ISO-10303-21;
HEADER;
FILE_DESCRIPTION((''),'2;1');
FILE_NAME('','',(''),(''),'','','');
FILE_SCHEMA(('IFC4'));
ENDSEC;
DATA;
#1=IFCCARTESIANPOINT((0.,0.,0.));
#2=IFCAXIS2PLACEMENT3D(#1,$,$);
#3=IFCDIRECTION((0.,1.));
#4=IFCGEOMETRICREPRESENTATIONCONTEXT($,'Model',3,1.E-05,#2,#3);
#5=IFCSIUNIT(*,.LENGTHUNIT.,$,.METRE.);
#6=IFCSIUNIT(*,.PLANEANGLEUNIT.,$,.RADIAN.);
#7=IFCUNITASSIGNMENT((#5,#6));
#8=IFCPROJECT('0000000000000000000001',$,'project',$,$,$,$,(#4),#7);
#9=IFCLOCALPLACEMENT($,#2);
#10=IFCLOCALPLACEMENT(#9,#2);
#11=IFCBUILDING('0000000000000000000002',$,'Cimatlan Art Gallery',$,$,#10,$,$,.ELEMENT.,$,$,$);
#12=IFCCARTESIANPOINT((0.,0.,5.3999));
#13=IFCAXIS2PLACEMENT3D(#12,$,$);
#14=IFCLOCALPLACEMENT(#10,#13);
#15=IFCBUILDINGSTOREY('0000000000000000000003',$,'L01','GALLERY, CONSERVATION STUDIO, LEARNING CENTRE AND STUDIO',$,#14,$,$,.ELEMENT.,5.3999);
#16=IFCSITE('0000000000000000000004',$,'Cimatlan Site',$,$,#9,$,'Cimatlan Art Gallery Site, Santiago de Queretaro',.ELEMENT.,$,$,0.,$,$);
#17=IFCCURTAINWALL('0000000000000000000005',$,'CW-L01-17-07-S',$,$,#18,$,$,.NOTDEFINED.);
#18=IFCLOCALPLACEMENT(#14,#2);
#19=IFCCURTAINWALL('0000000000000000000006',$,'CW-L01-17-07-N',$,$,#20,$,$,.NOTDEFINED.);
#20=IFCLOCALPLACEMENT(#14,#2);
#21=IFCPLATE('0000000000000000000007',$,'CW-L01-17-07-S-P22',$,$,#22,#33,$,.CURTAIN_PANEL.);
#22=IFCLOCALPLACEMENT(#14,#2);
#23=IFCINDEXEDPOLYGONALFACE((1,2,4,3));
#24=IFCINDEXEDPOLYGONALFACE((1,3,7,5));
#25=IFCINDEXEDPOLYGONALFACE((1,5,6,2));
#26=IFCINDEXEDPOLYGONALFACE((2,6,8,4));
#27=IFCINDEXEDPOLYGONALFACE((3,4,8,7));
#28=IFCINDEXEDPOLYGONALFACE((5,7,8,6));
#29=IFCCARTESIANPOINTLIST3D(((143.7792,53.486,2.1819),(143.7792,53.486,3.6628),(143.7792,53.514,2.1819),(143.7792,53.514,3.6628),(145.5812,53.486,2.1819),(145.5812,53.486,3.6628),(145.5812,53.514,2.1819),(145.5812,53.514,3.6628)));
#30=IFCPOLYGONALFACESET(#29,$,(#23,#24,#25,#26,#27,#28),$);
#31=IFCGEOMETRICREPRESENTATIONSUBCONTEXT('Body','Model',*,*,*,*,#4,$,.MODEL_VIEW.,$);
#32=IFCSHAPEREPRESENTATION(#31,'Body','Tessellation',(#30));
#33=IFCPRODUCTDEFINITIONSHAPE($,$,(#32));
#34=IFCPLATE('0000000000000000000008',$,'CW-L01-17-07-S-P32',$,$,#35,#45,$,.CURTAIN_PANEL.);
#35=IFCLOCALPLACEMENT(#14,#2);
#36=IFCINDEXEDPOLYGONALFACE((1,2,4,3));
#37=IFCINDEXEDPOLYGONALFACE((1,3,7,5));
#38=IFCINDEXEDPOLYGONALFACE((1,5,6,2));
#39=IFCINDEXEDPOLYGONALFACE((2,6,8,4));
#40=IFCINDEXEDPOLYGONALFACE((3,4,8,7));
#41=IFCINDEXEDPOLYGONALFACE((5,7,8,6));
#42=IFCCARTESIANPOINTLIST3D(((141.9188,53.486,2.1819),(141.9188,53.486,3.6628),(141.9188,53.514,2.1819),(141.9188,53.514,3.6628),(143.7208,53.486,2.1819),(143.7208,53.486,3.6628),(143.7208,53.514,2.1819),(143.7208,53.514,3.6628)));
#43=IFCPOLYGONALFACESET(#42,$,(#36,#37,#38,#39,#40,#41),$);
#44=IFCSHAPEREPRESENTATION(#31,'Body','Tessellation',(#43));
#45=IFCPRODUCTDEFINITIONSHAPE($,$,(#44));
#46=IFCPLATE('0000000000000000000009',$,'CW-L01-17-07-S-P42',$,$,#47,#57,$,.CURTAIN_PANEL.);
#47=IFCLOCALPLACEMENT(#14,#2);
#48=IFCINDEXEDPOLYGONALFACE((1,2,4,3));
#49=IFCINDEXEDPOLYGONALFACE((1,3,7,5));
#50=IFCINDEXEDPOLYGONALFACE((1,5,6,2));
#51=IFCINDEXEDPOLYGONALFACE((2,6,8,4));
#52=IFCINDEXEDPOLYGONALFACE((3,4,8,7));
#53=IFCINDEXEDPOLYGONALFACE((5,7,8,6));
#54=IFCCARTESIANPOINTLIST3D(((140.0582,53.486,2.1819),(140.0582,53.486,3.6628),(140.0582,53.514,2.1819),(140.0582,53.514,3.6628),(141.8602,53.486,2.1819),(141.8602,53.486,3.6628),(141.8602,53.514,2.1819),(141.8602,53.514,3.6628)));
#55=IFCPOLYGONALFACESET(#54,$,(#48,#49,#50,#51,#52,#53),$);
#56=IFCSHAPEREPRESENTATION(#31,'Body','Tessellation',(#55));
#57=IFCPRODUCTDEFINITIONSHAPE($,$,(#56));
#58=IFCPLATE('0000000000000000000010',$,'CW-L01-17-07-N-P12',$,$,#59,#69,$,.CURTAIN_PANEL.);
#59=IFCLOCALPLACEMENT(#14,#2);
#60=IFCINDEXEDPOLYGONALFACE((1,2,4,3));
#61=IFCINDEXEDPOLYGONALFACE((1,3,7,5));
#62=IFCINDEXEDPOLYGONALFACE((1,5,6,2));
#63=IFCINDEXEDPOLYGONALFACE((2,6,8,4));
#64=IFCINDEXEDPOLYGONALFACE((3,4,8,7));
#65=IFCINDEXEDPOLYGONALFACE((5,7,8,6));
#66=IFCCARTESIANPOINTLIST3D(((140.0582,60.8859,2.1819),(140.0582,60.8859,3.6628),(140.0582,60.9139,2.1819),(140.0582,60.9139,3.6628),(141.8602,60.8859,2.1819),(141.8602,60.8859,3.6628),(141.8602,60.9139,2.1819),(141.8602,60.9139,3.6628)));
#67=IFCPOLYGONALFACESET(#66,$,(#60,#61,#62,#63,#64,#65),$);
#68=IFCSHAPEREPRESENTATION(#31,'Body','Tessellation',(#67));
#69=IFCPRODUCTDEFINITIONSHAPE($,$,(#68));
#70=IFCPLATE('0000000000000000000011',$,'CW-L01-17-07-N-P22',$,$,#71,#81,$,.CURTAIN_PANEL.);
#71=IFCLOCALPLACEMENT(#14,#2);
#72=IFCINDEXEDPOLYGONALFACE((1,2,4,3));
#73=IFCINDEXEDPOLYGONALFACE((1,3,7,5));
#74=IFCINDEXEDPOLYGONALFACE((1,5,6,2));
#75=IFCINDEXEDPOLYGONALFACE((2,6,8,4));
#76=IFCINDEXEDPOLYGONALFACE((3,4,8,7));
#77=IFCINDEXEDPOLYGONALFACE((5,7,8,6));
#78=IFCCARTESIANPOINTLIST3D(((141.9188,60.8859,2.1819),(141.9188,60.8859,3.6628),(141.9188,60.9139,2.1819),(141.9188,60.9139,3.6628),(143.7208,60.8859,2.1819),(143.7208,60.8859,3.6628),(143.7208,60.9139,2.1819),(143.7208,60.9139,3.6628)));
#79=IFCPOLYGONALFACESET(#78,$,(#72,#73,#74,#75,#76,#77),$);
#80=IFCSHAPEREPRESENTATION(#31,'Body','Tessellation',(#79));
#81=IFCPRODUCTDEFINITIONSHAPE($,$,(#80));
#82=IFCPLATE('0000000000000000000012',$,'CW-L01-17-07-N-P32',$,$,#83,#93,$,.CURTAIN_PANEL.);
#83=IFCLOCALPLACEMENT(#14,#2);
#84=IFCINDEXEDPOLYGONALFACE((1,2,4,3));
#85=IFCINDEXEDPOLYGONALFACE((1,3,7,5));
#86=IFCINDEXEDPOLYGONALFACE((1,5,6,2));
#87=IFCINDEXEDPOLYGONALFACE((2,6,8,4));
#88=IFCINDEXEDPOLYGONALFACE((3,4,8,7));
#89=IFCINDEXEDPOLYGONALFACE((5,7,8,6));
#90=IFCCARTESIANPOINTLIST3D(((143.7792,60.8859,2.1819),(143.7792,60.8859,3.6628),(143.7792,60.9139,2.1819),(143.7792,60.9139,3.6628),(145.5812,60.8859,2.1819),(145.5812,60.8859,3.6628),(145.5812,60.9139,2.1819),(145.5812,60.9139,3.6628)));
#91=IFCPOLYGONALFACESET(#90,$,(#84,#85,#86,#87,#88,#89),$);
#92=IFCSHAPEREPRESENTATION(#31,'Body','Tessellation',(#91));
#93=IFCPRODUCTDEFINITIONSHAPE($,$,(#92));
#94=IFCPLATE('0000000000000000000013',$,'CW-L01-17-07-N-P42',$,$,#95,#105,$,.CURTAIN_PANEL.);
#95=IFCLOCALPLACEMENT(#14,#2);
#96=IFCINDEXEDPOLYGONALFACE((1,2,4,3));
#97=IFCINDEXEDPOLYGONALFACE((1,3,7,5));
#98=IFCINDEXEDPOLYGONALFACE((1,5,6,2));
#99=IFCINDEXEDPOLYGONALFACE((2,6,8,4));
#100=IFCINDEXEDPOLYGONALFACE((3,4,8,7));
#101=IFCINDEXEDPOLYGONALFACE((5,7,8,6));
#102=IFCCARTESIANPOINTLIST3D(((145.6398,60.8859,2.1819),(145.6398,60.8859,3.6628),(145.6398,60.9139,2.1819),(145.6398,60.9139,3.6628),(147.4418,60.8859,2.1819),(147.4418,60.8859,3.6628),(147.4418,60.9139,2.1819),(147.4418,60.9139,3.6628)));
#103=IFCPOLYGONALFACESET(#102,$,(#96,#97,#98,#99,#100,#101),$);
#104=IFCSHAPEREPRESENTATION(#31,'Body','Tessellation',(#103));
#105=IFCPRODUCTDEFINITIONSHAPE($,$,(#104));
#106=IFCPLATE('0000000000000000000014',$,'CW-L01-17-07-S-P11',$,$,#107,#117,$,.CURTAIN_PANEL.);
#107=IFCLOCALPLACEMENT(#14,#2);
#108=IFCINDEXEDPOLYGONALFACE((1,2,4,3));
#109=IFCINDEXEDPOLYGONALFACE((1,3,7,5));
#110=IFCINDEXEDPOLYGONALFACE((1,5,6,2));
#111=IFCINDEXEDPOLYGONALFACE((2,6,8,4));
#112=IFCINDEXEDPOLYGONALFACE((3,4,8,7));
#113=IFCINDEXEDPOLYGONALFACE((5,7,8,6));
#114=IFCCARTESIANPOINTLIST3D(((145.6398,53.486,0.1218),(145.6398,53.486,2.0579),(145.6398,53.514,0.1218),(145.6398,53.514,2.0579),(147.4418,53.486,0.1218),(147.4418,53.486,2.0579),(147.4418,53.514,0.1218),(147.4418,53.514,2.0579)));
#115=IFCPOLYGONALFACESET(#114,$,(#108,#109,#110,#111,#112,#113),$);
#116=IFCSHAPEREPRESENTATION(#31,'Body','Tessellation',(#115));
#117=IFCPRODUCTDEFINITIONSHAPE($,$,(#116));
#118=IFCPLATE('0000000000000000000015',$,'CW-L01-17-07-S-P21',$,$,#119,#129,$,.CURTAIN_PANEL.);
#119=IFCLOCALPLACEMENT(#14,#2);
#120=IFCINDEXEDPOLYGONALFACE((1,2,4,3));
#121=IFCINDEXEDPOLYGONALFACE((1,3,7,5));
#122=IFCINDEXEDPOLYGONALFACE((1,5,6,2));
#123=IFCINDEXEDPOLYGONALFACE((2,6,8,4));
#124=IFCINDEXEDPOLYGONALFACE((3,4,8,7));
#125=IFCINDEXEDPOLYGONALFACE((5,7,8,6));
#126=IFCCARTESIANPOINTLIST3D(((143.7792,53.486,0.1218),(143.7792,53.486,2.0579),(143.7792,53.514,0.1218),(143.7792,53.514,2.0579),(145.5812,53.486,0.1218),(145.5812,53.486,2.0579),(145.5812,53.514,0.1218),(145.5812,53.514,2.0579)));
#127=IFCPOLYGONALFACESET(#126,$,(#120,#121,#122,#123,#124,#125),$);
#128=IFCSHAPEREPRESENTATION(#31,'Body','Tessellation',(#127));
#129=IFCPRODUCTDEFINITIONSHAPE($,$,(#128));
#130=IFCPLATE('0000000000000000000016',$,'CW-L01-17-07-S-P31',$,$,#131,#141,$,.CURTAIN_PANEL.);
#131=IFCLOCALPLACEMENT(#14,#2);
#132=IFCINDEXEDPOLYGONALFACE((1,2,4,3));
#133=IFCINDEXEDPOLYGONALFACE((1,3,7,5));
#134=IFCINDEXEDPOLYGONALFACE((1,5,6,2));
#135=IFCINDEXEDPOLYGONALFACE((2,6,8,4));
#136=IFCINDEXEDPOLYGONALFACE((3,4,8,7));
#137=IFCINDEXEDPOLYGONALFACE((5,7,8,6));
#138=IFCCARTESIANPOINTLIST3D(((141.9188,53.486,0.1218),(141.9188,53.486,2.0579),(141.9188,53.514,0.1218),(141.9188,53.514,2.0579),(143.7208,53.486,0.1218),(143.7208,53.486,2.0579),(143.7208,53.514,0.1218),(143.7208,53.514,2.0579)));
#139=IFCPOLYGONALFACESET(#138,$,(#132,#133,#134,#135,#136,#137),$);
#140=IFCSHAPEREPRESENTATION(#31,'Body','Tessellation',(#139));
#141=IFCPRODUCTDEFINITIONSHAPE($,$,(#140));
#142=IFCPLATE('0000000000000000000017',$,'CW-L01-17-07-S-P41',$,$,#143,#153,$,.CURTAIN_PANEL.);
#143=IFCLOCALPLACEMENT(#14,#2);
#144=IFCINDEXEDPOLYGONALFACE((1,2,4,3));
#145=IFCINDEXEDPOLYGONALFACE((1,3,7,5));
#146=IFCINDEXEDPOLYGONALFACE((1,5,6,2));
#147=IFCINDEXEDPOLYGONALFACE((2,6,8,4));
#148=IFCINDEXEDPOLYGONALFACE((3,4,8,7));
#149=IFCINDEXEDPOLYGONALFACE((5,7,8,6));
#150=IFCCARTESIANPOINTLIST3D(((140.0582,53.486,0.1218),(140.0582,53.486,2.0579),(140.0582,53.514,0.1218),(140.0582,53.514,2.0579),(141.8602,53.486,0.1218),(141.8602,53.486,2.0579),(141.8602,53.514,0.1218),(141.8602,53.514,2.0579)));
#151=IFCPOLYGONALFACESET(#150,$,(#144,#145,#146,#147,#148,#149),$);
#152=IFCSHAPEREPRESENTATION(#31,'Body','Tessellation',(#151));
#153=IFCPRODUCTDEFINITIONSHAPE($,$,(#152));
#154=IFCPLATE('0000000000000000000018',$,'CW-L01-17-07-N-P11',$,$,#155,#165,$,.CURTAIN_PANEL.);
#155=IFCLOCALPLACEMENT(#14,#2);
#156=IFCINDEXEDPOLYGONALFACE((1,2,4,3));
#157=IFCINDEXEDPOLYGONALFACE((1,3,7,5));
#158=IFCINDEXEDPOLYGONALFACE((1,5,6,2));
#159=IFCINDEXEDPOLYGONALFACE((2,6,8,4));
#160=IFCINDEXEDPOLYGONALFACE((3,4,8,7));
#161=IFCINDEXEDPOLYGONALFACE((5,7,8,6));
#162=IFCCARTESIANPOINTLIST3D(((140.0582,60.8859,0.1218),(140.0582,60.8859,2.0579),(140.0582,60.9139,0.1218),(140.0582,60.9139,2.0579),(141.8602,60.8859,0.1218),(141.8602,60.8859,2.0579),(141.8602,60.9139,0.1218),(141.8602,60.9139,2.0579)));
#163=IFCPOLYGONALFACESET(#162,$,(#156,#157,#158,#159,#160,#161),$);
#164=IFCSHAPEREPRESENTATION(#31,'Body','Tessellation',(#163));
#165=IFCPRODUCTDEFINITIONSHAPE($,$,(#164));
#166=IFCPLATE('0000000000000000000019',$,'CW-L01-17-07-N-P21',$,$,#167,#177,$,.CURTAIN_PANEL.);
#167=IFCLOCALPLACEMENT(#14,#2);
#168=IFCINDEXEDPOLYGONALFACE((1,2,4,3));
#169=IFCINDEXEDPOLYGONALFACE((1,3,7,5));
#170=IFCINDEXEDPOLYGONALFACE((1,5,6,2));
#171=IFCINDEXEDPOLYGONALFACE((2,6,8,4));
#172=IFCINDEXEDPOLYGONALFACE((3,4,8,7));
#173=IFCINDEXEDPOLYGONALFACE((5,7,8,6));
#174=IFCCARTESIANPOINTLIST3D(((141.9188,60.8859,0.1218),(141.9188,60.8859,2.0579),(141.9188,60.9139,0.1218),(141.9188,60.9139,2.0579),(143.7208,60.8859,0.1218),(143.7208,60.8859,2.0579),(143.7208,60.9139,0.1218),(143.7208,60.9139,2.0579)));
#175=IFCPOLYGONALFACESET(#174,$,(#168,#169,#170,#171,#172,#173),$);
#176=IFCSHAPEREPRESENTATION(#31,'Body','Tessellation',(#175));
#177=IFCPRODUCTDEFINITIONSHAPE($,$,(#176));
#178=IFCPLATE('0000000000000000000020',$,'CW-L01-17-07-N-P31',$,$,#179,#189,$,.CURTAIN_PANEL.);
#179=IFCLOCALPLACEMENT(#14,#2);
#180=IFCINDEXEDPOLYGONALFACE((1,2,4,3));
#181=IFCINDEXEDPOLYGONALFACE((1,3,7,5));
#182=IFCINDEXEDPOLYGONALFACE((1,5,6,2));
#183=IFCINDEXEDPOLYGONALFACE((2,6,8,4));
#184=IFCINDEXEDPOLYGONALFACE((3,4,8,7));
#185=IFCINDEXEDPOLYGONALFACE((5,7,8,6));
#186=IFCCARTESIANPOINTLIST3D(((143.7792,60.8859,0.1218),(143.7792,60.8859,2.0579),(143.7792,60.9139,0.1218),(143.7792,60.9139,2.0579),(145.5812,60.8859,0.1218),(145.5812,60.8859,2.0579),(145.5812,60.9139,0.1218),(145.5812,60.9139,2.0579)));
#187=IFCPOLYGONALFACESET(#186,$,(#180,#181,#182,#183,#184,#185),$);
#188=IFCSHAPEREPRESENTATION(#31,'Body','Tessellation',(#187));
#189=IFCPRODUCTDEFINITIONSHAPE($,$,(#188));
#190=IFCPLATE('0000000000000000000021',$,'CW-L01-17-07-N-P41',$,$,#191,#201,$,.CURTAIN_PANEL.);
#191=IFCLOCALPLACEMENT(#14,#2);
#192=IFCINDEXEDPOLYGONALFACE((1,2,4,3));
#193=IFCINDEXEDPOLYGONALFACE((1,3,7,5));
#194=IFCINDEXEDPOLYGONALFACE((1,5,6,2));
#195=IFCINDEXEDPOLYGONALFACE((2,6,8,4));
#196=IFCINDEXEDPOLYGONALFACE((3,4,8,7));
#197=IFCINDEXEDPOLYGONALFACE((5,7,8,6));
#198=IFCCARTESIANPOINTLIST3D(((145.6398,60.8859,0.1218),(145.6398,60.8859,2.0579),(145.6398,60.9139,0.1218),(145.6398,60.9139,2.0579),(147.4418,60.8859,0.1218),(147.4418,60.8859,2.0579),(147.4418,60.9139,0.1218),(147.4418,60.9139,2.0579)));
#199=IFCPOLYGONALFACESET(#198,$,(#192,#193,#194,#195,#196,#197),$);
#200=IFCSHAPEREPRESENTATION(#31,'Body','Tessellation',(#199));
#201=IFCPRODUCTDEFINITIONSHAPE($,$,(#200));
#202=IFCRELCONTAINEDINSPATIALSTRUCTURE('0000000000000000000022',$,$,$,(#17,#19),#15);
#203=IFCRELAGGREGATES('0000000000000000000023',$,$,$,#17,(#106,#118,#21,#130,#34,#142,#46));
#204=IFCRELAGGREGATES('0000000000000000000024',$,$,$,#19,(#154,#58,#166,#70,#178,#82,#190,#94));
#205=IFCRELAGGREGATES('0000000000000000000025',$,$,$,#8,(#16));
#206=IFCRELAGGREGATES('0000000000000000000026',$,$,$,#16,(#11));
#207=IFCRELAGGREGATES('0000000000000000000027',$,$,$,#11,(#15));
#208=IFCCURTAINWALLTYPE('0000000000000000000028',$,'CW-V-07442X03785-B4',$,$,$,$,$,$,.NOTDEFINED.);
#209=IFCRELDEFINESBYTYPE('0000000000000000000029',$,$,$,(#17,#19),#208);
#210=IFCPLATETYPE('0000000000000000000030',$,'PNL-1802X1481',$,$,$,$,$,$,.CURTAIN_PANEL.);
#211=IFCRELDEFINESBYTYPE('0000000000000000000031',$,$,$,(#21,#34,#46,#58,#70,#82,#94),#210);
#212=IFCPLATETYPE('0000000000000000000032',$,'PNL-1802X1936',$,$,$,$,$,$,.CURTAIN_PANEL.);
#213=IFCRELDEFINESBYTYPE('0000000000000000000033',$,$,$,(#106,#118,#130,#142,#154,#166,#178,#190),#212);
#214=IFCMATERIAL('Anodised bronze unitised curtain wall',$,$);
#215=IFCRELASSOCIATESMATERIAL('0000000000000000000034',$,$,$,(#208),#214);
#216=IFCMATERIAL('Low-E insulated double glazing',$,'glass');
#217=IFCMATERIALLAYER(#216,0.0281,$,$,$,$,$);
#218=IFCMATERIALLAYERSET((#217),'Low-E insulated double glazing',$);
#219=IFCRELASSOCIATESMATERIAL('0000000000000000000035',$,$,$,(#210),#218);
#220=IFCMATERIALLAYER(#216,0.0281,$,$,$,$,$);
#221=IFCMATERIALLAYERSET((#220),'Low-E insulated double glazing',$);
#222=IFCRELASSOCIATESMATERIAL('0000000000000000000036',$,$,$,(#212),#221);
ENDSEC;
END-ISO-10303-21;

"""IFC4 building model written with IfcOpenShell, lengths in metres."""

from ifc_helpers import new_model, si_unit, direction, frame, origin, origin_2d, place, context, subcontext, project, spatial, rectangle, extrude, material, layer, layer_set, type_object, element, aggregate, save


model = new_model("IFC4")

# Units and contexts
model_context = context("Model", 3, precision=1e-05, world=origin(), true_north=direction((0.0, 1.0)))
body_context = subcontext(model_context, "Body", "Model", "MODEL_VIEW")
ifc_project = project(units=[si_unit("LENGTHUNIT", "METRE"), si_unit("PLANEANGLEUNIT", "RADIAN")], contexts=[model_context])

# Site, building, storey
site_placement = place(None, origin())
site = spatial("IfcSite", under=ifc_project, at=site_placement, Name="Cimatlan Site", LongName="Cimatlan Art Gallery Site, Santiago de Queretaro", CompositionType="ELEMENT", RefElevation=0.0)
building_placement = place(site_placement, origin())
building = spatial("IfcBuilding", under=site, at=building_placement, Name="Cimatlan Art Gallery", CompositionType="ELEMENT")
storey_placement = place(building_placement, frame((0.0, 0.0, 5.3999)))
storey = spatial("IfcBuildingStorey", under=building, at=storey_placement, Name="L01", Description="GALLERY, CONSERVATION STUDIO, LEARNING CENTRE AND STUDIO", CompositionType="ELEMENT", Elevation=5.3999)

# Curtain walls
ifc_material_1 = material(Name="Anodised bronze unitised curtain wall")
curtain_wall_type = type_object("IfcCurtainWallType", Name="CW-V-07442X03785-B4", PredefinedType="NOTDEFINED", material=ifc_material_1)
curtain_wall_1_placement = place(storey_placement, origin())
curtain_wall_1 = element("IfcCurtainWall", 1, at=curtain_wall_1_placement, inside=storey, type_object=curtain_wall_type, Name="CW-L01-17-07-S", PredefinedType="NOTDEFINED")
curtain_wall_2_placement = place(storey_placement, origin())
curtain_wall_2 = element("IfcCurtainWall", 2, at=curtain_wall_2_placement, inside=storey, type_object=curtain_wall_type, Name="CW-L01-17-07-N", PredefinedType="NOTDEFINED")

# Plates
ifc_material_2 = material(Name="Low-E insulated double glazing", Category="glass")
ifc_layer_1 = layer(ifc_material_2, 0.0281)
ifc_layer_set_1 = layer_set([ifc_layer_1], Name="Low-E insulated double glazing")
plate_type_1 = type_object("IfcPlateType", Name="PNL-1802X1481", PredefinedType="CURTAIN_PANEL", material=ifc_layer_set_1)
plate_1_placement = place(storey_placement, frame((144.6802, 53.5, 2.1819), z_axis=(0.0, 0.0, 1.0), x_axis=(-1.0, 0.0, 0.0)))
plate_1 = element("IfcPlate", 3, at=plate_1_placement, type_object=plate_type_1, Name="CW-L01-17-07-S-P22", PredefinedType="CURTAIN_PANEL", context=body_context, shape_type="SweptSolid", body=[
    extrude(rectangle(XDim=1.802, YDim=0.0281, at=origin_2d()), origin(), (0.0, 0.0, 1.0), 1.481),
])
plate_2_placement = place(storey_placement, frame((142.8198, 53.5, 2.1819), z_axis=(0.0, 0.0, 1.0), x_axis=(-1.0, 0.0, 0.0)))
plate_2 = element("IfcPlate", 4, at=plate_2_placement, type_object=plate_type_1, Name="CW-L01-17-07-S-P32", PredefinedType="CURTAIN_PANEL", context=body_context, shape_type="SweptSolid", body=[
    extrude(rectangle(XDim=1.802, YDim=0.0281, at=origin_2d()), origin(), (0.0, 0.0, 1.0), 1.481),
])
plate_3_placement = place(storey_placement, frame((140.9592, 53.5, 2.1819), z_axis=(0.0, 0.0, 1.0), x_axis=(-1.0, 0.0, 0.0)))
plate_3 = element("IfcPlate", 5, at=plate_3_placement, type_object=plate_type_1, Name="CW-L01-17-07-S-P42", PredefinedType="CURTAIN_PANEL", context=body_context, shape_type="SweptSolid", body=[
    extrude(rectangle(XDim=1.802, YDim=0.0281, at=origin_2d()), origin(), (0.0, 0.0, 1.0), 1.481),
])
plate_4_placement = place(storey_placement, frame((140.9592, 60.8999, 2.1819), z_axis=(0.0, 0.0, 1.0), x_axis=(1.0, 0.0, 0.0)))
plate_4 = element("IfcPlate", 6, at=plate_4_placement, type_object=plate_type_1, Name="CW-L01-17-07-N-P12", PredefinedType="CURTAIN_PANEL", context=body_context, shape_type="SweptSolid", body=[
    extrude(rectangle(XDim=1.802, YDim=0.0281, at=origin_2d()), origin(), (0.0, 0.0, 1.0), 1.481),
])
plate_5_placement = place(storey_placement, frame((142.8198, 60.8999, 2.1819), z_axis=(0.0, 0.0, 1.0), x_axis=(1.0, 0.0, 0.0)))
plate_5 = element("IfcPlate", 7, at=plate_5_placement, type_object=plate_type_1, Name="CW-L01-17-07-N-P22", PredefinedType="CURTAIN_PANEL", context=body_context, shape_type="SweptSolid", body=[
    extrude(rectangle(XDim=1.802, YDim=0.0281, at=origin_2d()), origin(), (0.0, 0.0, 1.0), 1.481),
])
plate_6_placement = place(storey_placement, frame((144.6802, 60.8999, 2.1819), z_axis=(0.0, 0.0, 1.0), x_axis=(1.0, 0.0, 0.0)))
plate_6 = element("IfcPlate", 8, at=plate_6_placement, type_object=plate_type_1, Name="CW-L01-17-07-N-P32", PredefinedType="CURTAIN_PANEL", context=body_context, shape_type="SweptSolid", body=[
    extrude(rectangle(XDim=1.802, YDim=0.0281, at=origin_2d()), origin(), (0.0, 0.0, 1.0), 1.481),
])
plate_7_placement = place(storey_placement, frame((146.5408, 60.8999, 2.1819), z_axis=(0.0, 0.0, 1.0), x_axis=(1.0, 0.0, 0.0)))
plate_7 = element("IfcPlate", 9, at=plate_7_placement, type_object=plate_type_1, Name="CW-L01-17-07-N-P42", PredefinedType="CURTAIN_PANEL", context=body_context, shape_type="SweptSolid", body=[
    extrude(rectangle(XDim=1.802, YDim=0.0281, at=origin_2d()), origin(), (0.0, 0.0, 1.0), 1.481),
])
ifc_layer_2 = layer(ifc_material_2, 0.0281)
ifc_layer_set_2 = layer_set([ifc_layer_2], Name="Low-E insulated double glazing")
plate_type_2 = type_object("IfcPlateType", Name="PNL-1802X1936", PredefinedType="CURTAIN_PANEL", material=ifc_layer_set_2)
plate_8_placement = place(storey_placement, frame((146.5408, 53.5, 0.1218), z_axis=(0.0, 0.0, 1.0), x_axis=(-1.0, 0.0, 0.0)))
plate_8 = element("IfcPlate", 10, at=plate_8_placement, type_object=plate_type_2, Name="CW-L01-17-07-S-P11", PredefinedType="CURTAIN_PANEL", context=body_context, shape_type="SweptSolid", body=[
    extrude(rectangle(XDim=1.802, YDim=0.0281, at=origin_2d()), origin(), (0.0, 0.0, 1.0), 1.936),
])
plate_9_placement = place(storey_placement, frame((144.6802, 53.5, 0.1218), z_axis=(0.0, 0.0, 1.0), x_axis=(-1.0, 0.0, 0.0)))
plate_9 = element("IfcPlate", 11, at=plate_9_placement, type_object=plate_type_2, Name="CW-L01-17-07-S-P21", PredefinedType="CURTAIN_PANEL", context=body_context, shape_type="SweptSolid", body=[
    extrude(rectangle(XDim=1.802, YDim=0.0281, at=origin_2d()), origin(), (0.0, 0.0, 1.0), 1.936),
])
plate_10_placement = place(storey_placement, frame((142.8198, 53.5, 0.1218), z_axis=(0.0, 0.0, 1.0), x_axis=(-1.0, 0.0, 0.0)))
plate_10 = element("IfcPlate", 12, at=plate_10_placement, type_object=plate_type_2, Name="CW-L01-17-07-S-P31", PredefinedType="CURTAIN_PANEL", context=body_context, shape_type="SweptSolid", body=[
    extrude(rectangle(XDim=1.802, YDim=0.0281, at=origin_2d()), origin(), (0.0, 0.0, 1.0), 1.936),
])
plate_11_placement = place(storey_placement, frame((140.9592, 53.5, 0.1218), z_axis=(0.0, 0.0, 1.0), x_axis=(-1.0, 0.0, 0.0)))
plate_11 = element("IfcPlate", 13, at=plate_11_placement, type_object=plate_type_2, Name="CW-L01-17-07-S-P41", PredefinedType="CURTAIN_PANEL", context=body_context, shape_type="SweptSolid", body=[
    extrude(rectangle(XDim=1.802, YDim=0.0281, at=origin_2d()), origin(), (0.0, 0.0, 1.0), 1.936),
])
aggregate(curtain_wall_1, [plate_8, plate_9, plate_1, plate_10, plate_2, plate_11, plate_3])
plate_12_placement = place(storey_placement, frame((140.9592, 60.8999, 0.1218), z_axis=(0.0, 0.0, 1.0), x_axis=(1.0, 0.0, 0.0)))
plate_12 = element("IfcPlate", 14, at=plate_12_placement, type_object=plate_type_2, Name="CW-L01-17-07-N-P11", PredefinedType="CURTAIN_PANEL", context=body_context, shape_type="SweptSolid", body=[
    extrude(rectangle(XDim=1.802, YDim=0.0281, at=origin_2d()), origin(), (0.0, 0.0, 1.0), 1.936),
])
plate_13_placement = place(storey_placement, frame((142.8198, 60.8999, 0.1218), z_axis=(0.0, 0.0, 1.0), x_axis=(1.0, 0.0, 0.0)))
plate_13 = element("IfcPlate", 15, at=plate_13_placement, type_object=plate_type_2, Name="CW-L01-17-07-N-P21", PredefinedType="CURTAIN_PANEL", context=body_context, shape_type="SweptSolid", body=[
    extrude(rectangle(XDim=1.802, YDim=0.0281, at=origin_2d()), origin(), (0.0, 0.0, 1.0), 1.936),
])
plate_14_placement = place(storey_placement, frame((144.6802, 60.8999, 0.1218), z_axis=(0.0, 0.0, 1.0), x_axis=(1.0, 0.0, 0.0)))
plate_14 = element("IfcPlate", 16, at=plate_14_placement, type_object=plate_type_2, Name="CW-L01-17-07-N-P31", PredefinedType="CURTAIN_PANEL", context=body_context, shape_type="SweptSolid", body=[
    extrude(rectangle(XDim=1.802, YDim=0.0281, at=origin_2d()), origin(), (0.0, 0.0, 1.0), 1.936),
])
plate_15_placement = place(storey_placement, frame((146.5408, 60.8999, 0.1218), z_axis=(0.0, 0.0, 1.0), x_axis=(1.0, 0.0, 0.0)))
plate_15 = element("IfcPlate", 17, at=plate_15_placement, type_object=plate_type_2, Name="CW-L01-17-07-N-P41", PredefinedType="CURTAIN_PANEL", context=body_context, shape_type="SweptSolid", body=[
    extrude(rectangle(XDim=1.802, YDim=0.0281, at=origin_2d()), origin(), (0.0, 0.0, 1.0), 1.936),
])
aggregate(curtain_wall_2, [plate_12, plate_4, plate_13, plate_5, plate_14, plate_6, plate_15, plate_7])

save(model, "model.ifc")
